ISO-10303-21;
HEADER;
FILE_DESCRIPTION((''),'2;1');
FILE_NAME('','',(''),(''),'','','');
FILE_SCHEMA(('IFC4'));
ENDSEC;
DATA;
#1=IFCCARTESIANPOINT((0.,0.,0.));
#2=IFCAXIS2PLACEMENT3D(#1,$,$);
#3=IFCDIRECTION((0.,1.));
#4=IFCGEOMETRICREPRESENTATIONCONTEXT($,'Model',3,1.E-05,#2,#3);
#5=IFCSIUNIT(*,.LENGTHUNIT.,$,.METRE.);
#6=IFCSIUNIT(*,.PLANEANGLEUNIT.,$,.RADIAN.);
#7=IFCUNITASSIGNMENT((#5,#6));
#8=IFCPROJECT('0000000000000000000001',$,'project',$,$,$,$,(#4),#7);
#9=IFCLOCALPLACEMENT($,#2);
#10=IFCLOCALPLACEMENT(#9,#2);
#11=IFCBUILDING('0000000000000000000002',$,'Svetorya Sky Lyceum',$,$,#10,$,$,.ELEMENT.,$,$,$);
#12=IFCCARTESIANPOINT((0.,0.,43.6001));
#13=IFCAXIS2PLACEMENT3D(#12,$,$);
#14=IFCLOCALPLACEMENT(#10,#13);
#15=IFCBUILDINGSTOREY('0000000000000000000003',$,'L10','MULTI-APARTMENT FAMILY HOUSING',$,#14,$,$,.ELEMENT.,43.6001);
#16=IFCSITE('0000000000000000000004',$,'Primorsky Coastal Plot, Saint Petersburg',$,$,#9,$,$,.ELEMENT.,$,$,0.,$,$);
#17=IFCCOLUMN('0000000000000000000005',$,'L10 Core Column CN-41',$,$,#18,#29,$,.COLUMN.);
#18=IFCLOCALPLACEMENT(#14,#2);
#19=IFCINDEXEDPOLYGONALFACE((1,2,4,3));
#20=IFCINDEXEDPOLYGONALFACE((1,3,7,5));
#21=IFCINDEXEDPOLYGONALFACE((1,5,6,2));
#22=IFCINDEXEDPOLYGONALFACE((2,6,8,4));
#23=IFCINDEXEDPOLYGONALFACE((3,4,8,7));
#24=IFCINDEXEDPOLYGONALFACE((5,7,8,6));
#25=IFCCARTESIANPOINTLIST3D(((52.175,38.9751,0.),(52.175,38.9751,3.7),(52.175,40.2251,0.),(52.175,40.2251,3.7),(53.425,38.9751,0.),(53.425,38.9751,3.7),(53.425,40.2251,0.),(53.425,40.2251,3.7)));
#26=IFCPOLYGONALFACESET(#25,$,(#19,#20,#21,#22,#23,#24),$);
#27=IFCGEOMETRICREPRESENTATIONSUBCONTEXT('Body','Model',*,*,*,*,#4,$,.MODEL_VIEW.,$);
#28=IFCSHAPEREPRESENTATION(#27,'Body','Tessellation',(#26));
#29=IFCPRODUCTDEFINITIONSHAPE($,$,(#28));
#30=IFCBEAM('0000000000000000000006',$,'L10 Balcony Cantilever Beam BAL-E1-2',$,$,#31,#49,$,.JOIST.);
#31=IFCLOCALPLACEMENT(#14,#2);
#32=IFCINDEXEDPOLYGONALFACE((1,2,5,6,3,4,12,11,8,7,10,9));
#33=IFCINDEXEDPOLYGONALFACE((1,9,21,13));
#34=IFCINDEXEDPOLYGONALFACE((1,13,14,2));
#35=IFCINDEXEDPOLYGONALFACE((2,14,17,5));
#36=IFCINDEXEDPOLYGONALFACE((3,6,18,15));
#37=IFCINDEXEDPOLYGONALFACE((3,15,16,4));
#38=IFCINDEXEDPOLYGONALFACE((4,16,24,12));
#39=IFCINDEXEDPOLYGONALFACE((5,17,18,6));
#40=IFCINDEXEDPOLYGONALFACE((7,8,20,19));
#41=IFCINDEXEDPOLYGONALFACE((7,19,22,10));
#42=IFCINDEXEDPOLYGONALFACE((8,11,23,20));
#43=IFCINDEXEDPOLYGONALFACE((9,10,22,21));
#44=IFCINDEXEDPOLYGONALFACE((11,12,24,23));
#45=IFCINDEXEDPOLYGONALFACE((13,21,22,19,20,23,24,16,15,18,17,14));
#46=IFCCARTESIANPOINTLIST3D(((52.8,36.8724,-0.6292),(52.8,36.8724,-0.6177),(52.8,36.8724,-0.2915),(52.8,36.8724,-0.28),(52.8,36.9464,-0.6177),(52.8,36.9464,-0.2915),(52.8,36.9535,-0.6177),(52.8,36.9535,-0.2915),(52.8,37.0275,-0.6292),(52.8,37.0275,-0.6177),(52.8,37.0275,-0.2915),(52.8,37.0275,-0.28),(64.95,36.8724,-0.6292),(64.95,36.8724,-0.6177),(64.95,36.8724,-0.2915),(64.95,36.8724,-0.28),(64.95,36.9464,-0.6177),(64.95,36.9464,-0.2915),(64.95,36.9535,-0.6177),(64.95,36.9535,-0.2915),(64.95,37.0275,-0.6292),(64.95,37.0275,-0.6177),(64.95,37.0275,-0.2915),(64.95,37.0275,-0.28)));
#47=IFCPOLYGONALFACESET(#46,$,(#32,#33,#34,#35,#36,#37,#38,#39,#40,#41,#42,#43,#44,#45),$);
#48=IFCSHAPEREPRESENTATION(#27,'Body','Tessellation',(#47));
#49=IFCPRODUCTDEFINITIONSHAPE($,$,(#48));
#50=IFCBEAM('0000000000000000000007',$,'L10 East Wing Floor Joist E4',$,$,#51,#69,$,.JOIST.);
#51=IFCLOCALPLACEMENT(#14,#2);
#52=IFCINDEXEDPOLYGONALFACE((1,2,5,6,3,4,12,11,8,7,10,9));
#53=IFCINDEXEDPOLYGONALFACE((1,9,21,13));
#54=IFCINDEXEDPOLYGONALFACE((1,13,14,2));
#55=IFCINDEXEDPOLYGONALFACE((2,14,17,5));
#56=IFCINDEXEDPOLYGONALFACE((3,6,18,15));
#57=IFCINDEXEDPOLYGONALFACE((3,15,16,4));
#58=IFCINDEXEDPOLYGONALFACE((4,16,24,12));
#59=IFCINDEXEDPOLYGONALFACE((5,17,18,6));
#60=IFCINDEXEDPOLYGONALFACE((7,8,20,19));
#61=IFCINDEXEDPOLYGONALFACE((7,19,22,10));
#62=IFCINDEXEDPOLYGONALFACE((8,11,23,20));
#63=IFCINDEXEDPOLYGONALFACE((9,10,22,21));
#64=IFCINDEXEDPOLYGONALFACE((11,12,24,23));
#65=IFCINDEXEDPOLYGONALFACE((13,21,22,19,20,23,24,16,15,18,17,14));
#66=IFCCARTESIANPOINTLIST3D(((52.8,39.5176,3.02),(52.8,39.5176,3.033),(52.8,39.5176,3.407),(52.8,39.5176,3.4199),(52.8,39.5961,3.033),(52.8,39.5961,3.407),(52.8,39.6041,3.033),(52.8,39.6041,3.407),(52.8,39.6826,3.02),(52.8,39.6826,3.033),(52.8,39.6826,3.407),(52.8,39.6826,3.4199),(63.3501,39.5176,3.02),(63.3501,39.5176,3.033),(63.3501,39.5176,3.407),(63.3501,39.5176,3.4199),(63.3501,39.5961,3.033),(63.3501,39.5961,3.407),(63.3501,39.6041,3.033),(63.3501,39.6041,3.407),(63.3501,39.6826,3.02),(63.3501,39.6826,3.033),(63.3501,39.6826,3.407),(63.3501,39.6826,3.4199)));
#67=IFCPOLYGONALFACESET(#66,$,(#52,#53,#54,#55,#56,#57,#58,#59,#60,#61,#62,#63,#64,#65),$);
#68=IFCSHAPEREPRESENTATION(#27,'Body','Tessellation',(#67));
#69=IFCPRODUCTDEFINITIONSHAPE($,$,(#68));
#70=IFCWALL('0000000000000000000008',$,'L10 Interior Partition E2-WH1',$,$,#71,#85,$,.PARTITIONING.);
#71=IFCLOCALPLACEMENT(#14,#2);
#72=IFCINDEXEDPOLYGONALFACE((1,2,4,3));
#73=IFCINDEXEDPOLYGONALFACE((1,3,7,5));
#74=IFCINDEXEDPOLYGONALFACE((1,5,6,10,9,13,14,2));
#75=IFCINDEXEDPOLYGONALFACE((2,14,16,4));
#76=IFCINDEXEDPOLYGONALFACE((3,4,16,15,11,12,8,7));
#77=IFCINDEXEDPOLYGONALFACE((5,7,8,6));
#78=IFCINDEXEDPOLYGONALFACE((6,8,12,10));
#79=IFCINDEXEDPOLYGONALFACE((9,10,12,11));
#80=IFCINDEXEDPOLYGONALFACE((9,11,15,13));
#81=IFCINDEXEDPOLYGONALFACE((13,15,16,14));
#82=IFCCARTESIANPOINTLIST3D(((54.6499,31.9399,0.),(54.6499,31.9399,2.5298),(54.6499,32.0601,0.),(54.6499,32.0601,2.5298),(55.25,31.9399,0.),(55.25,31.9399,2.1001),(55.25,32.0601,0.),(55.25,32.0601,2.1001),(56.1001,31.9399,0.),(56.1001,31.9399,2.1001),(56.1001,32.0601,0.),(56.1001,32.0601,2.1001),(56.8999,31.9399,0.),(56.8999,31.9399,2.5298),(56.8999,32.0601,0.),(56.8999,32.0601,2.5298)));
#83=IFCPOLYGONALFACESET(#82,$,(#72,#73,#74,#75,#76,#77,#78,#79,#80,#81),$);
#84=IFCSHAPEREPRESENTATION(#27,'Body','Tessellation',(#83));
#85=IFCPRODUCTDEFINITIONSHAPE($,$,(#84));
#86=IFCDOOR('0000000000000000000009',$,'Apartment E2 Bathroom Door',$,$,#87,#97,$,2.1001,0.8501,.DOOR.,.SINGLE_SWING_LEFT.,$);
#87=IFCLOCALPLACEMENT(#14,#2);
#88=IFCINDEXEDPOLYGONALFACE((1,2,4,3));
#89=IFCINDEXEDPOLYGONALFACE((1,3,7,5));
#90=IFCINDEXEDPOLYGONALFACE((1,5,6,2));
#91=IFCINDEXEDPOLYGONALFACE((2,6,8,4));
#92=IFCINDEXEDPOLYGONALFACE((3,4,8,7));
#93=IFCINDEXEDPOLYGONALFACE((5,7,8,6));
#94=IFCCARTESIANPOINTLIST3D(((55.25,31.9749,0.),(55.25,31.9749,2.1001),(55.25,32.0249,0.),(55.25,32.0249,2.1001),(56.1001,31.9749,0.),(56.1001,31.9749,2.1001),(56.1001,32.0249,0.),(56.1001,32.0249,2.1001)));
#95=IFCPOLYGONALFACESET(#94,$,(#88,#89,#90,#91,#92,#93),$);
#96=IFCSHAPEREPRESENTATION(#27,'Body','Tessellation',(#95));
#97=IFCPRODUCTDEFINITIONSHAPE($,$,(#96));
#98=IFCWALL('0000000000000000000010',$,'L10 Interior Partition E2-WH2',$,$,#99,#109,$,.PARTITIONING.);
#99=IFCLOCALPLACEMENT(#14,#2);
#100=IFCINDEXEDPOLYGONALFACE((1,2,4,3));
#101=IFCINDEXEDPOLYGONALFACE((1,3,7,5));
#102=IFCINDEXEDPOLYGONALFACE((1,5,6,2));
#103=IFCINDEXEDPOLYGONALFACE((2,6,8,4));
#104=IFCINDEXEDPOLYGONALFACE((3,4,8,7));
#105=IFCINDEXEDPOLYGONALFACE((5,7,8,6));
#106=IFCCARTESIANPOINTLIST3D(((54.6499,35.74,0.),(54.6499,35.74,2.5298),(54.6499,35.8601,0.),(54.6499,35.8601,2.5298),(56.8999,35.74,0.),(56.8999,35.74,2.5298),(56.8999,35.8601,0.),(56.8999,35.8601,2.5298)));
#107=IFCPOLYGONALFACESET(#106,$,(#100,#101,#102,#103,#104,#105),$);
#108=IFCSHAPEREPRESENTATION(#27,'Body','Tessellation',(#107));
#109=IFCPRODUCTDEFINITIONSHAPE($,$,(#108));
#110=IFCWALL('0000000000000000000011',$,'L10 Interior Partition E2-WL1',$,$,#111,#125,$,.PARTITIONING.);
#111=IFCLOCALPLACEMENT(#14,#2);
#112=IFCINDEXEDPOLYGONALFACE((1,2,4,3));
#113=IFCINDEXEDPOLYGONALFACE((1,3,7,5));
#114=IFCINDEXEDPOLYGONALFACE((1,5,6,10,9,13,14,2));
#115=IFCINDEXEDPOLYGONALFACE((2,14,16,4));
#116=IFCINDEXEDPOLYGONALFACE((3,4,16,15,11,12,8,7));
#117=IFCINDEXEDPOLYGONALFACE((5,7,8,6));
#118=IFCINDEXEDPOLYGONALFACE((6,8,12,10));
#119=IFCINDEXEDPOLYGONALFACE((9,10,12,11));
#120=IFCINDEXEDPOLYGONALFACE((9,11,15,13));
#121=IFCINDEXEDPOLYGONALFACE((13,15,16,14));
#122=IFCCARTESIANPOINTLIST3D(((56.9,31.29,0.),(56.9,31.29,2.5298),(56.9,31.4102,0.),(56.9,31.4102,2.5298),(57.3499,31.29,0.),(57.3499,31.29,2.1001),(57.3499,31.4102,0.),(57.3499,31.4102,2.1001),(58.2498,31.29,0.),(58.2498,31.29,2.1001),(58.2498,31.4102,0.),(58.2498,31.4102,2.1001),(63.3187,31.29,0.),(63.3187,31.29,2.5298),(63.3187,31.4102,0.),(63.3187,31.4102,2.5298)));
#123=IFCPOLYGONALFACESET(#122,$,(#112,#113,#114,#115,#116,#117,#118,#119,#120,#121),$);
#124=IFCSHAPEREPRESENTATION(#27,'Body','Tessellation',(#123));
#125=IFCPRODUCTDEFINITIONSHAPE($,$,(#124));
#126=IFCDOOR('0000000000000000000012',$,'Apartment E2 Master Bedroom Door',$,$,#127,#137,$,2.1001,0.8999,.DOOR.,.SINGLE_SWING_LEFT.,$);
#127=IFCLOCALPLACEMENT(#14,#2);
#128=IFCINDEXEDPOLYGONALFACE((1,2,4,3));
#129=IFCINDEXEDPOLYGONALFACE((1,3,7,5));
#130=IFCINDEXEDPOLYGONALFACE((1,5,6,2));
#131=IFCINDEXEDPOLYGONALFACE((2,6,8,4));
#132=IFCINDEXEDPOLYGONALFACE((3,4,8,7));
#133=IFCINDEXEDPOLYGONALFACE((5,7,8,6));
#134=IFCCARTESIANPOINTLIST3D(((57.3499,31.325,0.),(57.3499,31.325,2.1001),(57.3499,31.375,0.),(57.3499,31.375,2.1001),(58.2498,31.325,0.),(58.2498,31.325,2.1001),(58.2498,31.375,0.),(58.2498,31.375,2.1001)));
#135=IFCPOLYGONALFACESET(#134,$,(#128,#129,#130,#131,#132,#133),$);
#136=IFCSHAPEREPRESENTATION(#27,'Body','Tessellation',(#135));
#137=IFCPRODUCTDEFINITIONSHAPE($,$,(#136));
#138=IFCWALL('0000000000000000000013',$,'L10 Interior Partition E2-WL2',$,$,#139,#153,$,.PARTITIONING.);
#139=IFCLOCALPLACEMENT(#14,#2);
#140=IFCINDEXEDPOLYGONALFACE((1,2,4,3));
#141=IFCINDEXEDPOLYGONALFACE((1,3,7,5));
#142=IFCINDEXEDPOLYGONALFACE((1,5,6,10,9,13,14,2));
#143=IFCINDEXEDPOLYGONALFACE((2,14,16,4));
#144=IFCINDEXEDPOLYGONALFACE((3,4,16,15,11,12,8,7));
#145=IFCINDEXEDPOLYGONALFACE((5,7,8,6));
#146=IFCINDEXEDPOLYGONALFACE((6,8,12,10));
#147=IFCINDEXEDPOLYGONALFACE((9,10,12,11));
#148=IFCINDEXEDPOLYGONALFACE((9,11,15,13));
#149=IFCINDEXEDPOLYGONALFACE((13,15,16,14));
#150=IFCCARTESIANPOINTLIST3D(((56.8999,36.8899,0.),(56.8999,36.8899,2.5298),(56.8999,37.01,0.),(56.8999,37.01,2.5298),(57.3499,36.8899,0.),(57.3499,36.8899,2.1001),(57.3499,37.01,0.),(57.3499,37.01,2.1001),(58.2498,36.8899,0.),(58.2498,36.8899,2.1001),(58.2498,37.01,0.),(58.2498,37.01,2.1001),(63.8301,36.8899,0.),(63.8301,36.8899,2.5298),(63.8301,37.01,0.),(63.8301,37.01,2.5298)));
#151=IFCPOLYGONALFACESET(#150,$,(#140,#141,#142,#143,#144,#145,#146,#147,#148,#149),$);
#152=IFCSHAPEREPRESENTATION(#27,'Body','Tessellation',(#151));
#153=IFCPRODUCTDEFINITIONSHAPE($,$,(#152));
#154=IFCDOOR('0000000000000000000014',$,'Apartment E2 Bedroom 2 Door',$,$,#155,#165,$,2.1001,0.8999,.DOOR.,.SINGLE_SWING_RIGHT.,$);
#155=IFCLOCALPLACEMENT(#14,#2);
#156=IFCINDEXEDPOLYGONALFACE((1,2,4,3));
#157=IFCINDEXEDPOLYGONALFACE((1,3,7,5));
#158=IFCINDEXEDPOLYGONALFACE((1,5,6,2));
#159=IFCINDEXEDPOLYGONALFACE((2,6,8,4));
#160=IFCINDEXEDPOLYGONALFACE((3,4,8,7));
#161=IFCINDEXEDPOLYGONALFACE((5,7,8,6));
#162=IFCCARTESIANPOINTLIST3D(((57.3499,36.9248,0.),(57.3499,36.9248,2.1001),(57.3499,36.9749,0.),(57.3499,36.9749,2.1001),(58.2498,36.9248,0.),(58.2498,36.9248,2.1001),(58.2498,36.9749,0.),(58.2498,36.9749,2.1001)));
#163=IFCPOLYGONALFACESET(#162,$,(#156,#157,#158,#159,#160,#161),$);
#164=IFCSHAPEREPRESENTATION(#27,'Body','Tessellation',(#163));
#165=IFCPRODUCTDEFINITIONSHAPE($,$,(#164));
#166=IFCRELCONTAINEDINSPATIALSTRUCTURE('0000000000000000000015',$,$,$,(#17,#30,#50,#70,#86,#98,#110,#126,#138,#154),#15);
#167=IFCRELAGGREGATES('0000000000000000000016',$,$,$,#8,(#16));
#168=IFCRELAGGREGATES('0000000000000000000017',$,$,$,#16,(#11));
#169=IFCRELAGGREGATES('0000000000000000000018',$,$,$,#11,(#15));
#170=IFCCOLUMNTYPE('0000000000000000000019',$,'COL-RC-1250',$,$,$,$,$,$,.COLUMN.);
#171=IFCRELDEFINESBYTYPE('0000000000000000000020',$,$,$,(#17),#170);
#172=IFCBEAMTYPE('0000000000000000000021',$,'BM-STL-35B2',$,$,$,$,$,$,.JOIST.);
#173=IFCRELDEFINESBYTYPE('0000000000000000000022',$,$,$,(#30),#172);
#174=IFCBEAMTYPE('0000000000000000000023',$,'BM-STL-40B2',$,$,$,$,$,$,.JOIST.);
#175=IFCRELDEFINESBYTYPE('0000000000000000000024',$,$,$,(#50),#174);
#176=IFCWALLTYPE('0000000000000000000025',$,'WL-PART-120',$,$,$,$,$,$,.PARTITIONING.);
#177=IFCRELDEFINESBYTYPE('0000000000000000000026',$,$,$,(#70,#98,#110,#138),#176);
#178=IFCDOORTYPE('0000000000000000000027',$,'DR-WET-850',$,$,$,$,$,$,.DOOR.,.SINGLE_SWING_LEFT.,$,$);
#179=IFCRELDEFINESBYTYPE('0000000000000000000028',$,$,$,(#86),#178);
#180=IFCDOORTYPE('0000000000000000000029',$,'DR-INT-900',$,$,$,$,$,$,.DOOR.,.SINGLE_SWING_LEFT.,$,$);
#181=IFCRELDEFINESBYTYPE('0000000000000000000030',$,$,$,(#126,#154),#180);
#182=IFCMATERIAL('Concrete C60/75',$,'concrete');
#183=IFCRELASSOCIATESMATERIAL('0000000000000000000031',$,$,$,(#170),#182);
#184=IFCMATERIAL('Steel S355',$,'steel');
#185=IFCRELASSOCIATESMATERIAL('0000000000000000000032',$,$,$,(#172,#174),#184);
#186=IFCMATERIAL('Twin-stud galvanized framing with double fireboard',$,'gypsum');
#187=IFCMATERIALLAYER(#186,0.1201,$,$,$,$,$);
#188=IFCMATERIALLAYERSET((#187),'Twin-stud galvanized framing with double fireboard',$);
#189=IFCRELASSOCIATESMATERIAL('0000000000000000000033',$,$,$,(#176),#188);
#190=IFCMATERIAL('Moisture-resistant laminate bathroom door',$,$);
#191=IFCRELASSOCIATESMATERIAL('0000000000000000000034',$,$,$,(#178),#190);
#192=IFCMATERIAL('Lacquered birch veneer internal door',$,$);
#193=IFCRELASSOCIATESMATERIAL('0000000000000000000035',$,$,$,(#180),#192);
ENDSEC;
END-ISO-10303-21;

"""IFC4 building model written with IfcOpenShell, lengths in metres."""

from ifc_helpers import new_model, si_unit, direction, frame, frame_2d, origin, origin_2d, place, context, subcontext, project, spatial, rectangle, i_section, extrude, material, layer, layer_set, material_profile, profile_set, type_object, element, fill, save


model = new_model("IFC4")

# Units and contexts
model_context = context("Model", 3, precision=1e-05, world=origin(), true_north=direction((0.0, 1.0)))
body_context = subcontext(model_context, "Body", "Model", "MODEL_VIEW")
ifc_project = project(units=[si_unit("LENGTHUNIT", "METRE"), si_unit("PLANEANGLEUNIT", "RADIAN")], contexts=[model_context])

# Site, building, storey
site_placement = place(None, origin())
site = spatial("IfcSite", under=ifc_project, at=site_placement, Name="Primorsky Coastal Plot, Saint Petersburg", CompositionType="ELEMENT", RefElevation=0.0)
building_placement = place(site_placement, origin())
building = spatial("IfcBuilding", under=site, at=building_placement, Name="Svetorya Sky Lyceum", CompositionType="ELEMENT")
storey_placement = place(building_placement, frame((0.0, 0.0, 43.6001)))
storey = spatial("IfcBuildingStorey", under=building, at=storey_placement, Name="L10", Description="MULTI-APARTMENT FAMILY HOUSING", CompositionType="ELEMENT", Elevation=43.6001)

# Column
ifc_material_1 = material(Name="Concrete C60/75", Category="concrete")
ifc_material_profile_1 = material_profile(ifc_material_1, rectangle(XDim=1.25, YDim=1.25, at=origin_2d()), Name="RC COL 1250x1250")
ifc_profile_set_1 = profile_set([ifc_material_profile_1], Name="Concrete C60/75")
column_type = type_object("IfcColumnType", Name="COL-RC-1250", PredefinedType="COLUMN", material=ifc_profile_set_1)
column_placement = place(storey_placement, frame((52.8, 39.6001, 0.0), z_axis=(0.0, 0.0, 1.0), x_axis=(1.0, 0.0, 0.0)))
element("IfcColumn", 1, at=column_placement, inside=storey, type_object=column_type, Name="L10 Core Column CN-41", PredefinedType="COLUMN", context=body_context, shape_type="SweptSolid", body=[
    extrude(rectangle(XDim=1.25, YDim=1.25, at=origin_2d()), origin(), (0.0, 0.0, 1.0), 3.7),
])

# Beams
ifc_material_2 = material(Name="Steel S355", Category="steel")
ifc_material_profile_2 = material_profile(ifc_material_2, i_section(OverallWidth=0.155, OverallDepth=0.3491, WebThickness=0.0071, FlangeThickness=0.0115, at=origin_2d()), Name="GOST 35B2")
ifc_profile_set_2 = profile_set([ifc_material_profile_2], Name="Steel S355")
beam_type_1 = type_object("IfcBeamType", Name="BM-STL-35B2", PredefinedType="JOIST", material=ifc_profile_set_2)
beam_1_placement = place(storey_placement, frame((52.8, 36.95, -0.4546), z_axis=(1.0, 0.0, 0.0), x_axis=(0.0, 1.0, 0.0)))
element("IfcBeam", 2, at=beam_1_placement, inside=storey, type_object=beam_type_1, Name="L10 Balcony Cantilever Beam BAL-E1-2", PredefinedType="JOIST", context=body_context, shape_type="SweptSolid", body=[
    extrude(i_section(OverallWidth=0.155, OverallDepth=0.3491, WebThickness=0.0071, FlangeThickness=0.0115, at=origin_2d()), origin(), (0.0, 0.0, 1.0), 12.1499),
])
ifc_material_profile_3 = material_profile(ifc_material_2, i_section(OverallWidth=0.165, OverallDepth=0.3999, WebThickness=0.0081, FlangeThickness=0.0129, at=origin_2d()), Name="GOST 40B2")
ifc_profile_set_3 = profile_set([ifc_material_profile_3], Name="Steel S355")
beam_type_2 = type_object("IfcBeamType", Name="BM-STL-40B2", PredefinedType="JOIST", material=ifc_profile_set_3)
beam_2_placement = place(storey_placement, frame((52.8, 39.6001, 3.22), z_axis=(1.0, 0.0, 0.0), x_axis=(0.0, 1.0, 0.0)))
element("IfcBeam", 3, at=beam_2_placement, inside=storey, type_object=beam_type_2, Name="L10 East Wing Floor Joist E4", PredefinedType="JOIST", context=body_context, shape_type="SweptSolid", body=[
    extrude(i_section(OverallWidth=0.165, OverallDepth=0.3999, WebThickness=0.0081, FlangeThickness=0.0129, at=origin_2d()), origin(), (0.0, 0.0, 1.0), 10.55),
])

# Wall, opening, door
ifc_material_3 = material(Name="Twin-stud galvanized framing with double fireboard", Category="gypsum")
ifc_layer_1 = layer(ifc_material_3, 0.1201)
ifc_layer_set_1 = layer_set([ifc_layer_1], Name="Twin-stud galvanized framing with double fireboard")
wall_type_1 = type_object("IfcWallType", Name="WL-PART-120", PredefinedType="PARTITIONING", material=ifc_layer_set_1)
wall_1_placement = place(storey_placement, frame((54.6499, 32.0, 0.0), z_axis=(0.0, 0.0, 1.0), x_axis=(1.0, 0.0, 0.0)))
wall_1 = element("IfcWall", 4, at=wall_1_placement, inside=storey, type_object=wall_type_1, Name="L10 Interior Partition E2-WH1", PredefinedType="PARTITIONING", context=body_context, shape_type="SweptSolid", body=[
    extrude(rectangle(XDim=2.25, YDim=0.1201, at=frame_2d((1.125, 0.0))), origin(), (0.0, 0.0, 1.0), 2.5298),
])
opening_1_placement = place(wall_1_placement, frame((0.6001, 0.0, 0.0)))
opening_1 = element("IfcOpeningElement", 5, at=opening_1_placement, cuts=wall_1, PredefinedType="OPENING", context=body_context, shape_type="SweptSolid", body=[
    extrude(rectangle(XDim=0.8501, YDim=2.1001, at=frame_2d((0.425, 1.05))), frame((0.0, 0.0701, 0.0), z_axis=(0.0, -1.0, 0.0), x_axis=(1.0, 0.0, 0.0)), (0.0, 0.0, 1.0), 0.1401),
])
ifc_material_4 = material(Name="Moisture-resistant laminate bathroom door")
door_type_1 = type_object("IfcDoorType", Name="DR-WET-850", OperationType="SINGLE_SWING_LEFT", PredefinedType="DOOR", material=ifc_material_4)
door_1_placement = place(opening_1_placement, origin())
door_1 = element("IfcDoor", 6, at=door_1_placement, inside=storey, type_object=door_type_1, Name="Apartment E2 Bathroom Door", OperationType="SINGLE_SWING_LEFT", OverallHeight=2.1001, OverallWidth=0.8501, PredefinedType="DOOR", context=body_context, shape_type="SweptSolid", body=[
    extrude(rectangle(XDim=0.8501, YDim=2.1001, at=frame_2d((0.425, 1.05))), frame((0.0, 0.0249, 0.0), z_axis=(0.0, -1.0, 0.0), x_axis=(1.0, 0.0, 0.0)), (0.0, 0.0, 1.0), 0.05),
])
fill(opening_1, door_1)

# Wall
wall_2_placement = place(storey_placement, frame((54.6499, 35.8, 0.0), z_axis=(0.0, 0.0, 1.0), x_axis=(1.0, 0.0, 0.0)))
element("IfcWall", 7, at=wall_2_placement, inside=storey, type_object=wall_type_1, Name="L10 Interior Partition E2-WH2", PredefinedType="PARTITIONING", context=body_context, shape_type="SweptSolid", body=[
    extrude(rectangle(XDim=2.25, YDim=0.1201, at=frame_2d((1.125, 0.0))), origin(), (0.0, 0.0, 1.0), 2.5298),
])

# Walls, openings, doors
wall_3_placement = place(storey_placement, frame((56.8999, 31.3501, 0.0), z_axis=(0.0, 0.0, 1.0), x_axis=(1.0, 0.0, 0.0)))
wall_3 = element("IfcWall", 8, at=wall_3_placement, inside=storey, type_object=wall_type_1, Name="L10 Interior Partition E2-WL1", PredefinedType="PARTITIONING", context=body_context, shape_type="SweptSolid", body=[
    extrude(rectangle(XDim=6.4187, YDim=0.1201, at=frame_2d((3.2095, 0.0))), origin(), (0.0, 0.0, 1.0), 2.5298),
])
opening_2_placement = place(wall_3_placement, frame((0.45, 0.0, 0.0)))
opening_2 = element("IfcOpeningElement", 9, at=opening_2_placement, cuts=wall_3, PredefinedType="OPENING", context=body_context, shape_type="SweptSolid", body=[
    extrude(rectangle(XDim=0.8999, YDim=2.1001, at=frame_2d((0.45, 1.05))), frame((0.0, 0.0701, 0.0), z_axis=(0.0, -1.0, 0.0), x_axis=(1.0, 0.0, 0.0)), (0.0, 0.0, 1.0), 0.1401),
])
ifc_material_5 = material(Name="Lacquered birch veneer internal door")
door_type_2 = type_object("IfcDoorType", Name="DR-INT-900", OperationType="SINGLE_SWING_LEFT", PredefinedType="DOOR", material=ifc_material_5)
door_2_placement = place(opening_2_placement, origin())
door_2 = element("IfcDoor", 10, at=door_2_placement, inside=storey, type_object=door_type_2, Name="Apartment E2 Master Bedroom Door", OperationType="SINGLE_SWING_LEFT", OverallHeight=2.1001, OverallWidth=0.8999, PredefinedType="DOOR", context=body_context, shape_type="SweptSolid", body=[
    extrude(rectangle(XDim=0.8999, YDim=2.1001, at=frame_2d((0.45, 1.05))), frame((0.0, 0.0249, 0.0), z_axis=(0.0, -1.0, 0.0), x_axis=(1.0, 0.0, 0.0)), (0.0, 0.0, 1.0), 0.05),
])
fill(opening_2, door_2)
wall_4_placement = place(storey_placement, frame((56.8999, 36.95, 0.0), z_axis=(0.0, 0.0, 1.0), x_axis=(1.0, 0.0, 0.0)))
wall_4 = element("IfcWall", 11, at=wall_4_placement, inside=storey, type_object=wall_type_1, Name="L10 Interior Partition E2-WL2", PredefinedType="PARTITIONING", context=body_context, shape_type="SweptSolid", body=[
    extrude(rectangle(XDim=6.9302, YDim=0.1201, at=frame_2d((3.4651, 0.0))), origin(), (0.0, 0.0, 1.0), 2.5298),
])
opening_3_placement = place(wall_4_placement, frame((0.45, 0.0, 0.0)))
opening_3 = element("IfcOpeningElement", 12, at=opening_3_placement, cuts=wall_4, PredefinedType="OPENING", context=body_context, shape_type="SweptSolid", body=[
    extrude(rectangle(XDim=0.8999, YDim=2.1001, at=frame_2d((0.45, 1.05))), frame((0.0, 0.0701, 0.0), z_axis=(0.0, -1.0, 0.0), x_axis=(1.0, 0.0, 0.0)), (0.0, 0.0, 1.0), 0.1401),
])
door_3_placement = place(opening_3_placement, origin())
door_3 = element("IfcDoor", 13, at=door_3_placement, inside=storey, type_object=door_type_2, Name="Apartment E2 Bedroom 2 Door", OperationType="SINGLE_SWING_RIGHT", OverallHeight=2.1001, OverallWidth=0.8999, PredefinedType="DOOR", context=body_context, shape_type="SweptSolid", body=[
    extrude(rectangle(XDim=0.8999, YDim=2.1001, at=frame_2d((0.45, 1.05))), frame((0.0, 0.0249, 0.0), z_axis=(0.0, -1.0, 0.0), x_axis=(1.0, 0.0, 0.0)), (0.0, 0.0, 1.0), 0.05),
])
fill(opening_3, door_3)

save(model, "model.ifc")
